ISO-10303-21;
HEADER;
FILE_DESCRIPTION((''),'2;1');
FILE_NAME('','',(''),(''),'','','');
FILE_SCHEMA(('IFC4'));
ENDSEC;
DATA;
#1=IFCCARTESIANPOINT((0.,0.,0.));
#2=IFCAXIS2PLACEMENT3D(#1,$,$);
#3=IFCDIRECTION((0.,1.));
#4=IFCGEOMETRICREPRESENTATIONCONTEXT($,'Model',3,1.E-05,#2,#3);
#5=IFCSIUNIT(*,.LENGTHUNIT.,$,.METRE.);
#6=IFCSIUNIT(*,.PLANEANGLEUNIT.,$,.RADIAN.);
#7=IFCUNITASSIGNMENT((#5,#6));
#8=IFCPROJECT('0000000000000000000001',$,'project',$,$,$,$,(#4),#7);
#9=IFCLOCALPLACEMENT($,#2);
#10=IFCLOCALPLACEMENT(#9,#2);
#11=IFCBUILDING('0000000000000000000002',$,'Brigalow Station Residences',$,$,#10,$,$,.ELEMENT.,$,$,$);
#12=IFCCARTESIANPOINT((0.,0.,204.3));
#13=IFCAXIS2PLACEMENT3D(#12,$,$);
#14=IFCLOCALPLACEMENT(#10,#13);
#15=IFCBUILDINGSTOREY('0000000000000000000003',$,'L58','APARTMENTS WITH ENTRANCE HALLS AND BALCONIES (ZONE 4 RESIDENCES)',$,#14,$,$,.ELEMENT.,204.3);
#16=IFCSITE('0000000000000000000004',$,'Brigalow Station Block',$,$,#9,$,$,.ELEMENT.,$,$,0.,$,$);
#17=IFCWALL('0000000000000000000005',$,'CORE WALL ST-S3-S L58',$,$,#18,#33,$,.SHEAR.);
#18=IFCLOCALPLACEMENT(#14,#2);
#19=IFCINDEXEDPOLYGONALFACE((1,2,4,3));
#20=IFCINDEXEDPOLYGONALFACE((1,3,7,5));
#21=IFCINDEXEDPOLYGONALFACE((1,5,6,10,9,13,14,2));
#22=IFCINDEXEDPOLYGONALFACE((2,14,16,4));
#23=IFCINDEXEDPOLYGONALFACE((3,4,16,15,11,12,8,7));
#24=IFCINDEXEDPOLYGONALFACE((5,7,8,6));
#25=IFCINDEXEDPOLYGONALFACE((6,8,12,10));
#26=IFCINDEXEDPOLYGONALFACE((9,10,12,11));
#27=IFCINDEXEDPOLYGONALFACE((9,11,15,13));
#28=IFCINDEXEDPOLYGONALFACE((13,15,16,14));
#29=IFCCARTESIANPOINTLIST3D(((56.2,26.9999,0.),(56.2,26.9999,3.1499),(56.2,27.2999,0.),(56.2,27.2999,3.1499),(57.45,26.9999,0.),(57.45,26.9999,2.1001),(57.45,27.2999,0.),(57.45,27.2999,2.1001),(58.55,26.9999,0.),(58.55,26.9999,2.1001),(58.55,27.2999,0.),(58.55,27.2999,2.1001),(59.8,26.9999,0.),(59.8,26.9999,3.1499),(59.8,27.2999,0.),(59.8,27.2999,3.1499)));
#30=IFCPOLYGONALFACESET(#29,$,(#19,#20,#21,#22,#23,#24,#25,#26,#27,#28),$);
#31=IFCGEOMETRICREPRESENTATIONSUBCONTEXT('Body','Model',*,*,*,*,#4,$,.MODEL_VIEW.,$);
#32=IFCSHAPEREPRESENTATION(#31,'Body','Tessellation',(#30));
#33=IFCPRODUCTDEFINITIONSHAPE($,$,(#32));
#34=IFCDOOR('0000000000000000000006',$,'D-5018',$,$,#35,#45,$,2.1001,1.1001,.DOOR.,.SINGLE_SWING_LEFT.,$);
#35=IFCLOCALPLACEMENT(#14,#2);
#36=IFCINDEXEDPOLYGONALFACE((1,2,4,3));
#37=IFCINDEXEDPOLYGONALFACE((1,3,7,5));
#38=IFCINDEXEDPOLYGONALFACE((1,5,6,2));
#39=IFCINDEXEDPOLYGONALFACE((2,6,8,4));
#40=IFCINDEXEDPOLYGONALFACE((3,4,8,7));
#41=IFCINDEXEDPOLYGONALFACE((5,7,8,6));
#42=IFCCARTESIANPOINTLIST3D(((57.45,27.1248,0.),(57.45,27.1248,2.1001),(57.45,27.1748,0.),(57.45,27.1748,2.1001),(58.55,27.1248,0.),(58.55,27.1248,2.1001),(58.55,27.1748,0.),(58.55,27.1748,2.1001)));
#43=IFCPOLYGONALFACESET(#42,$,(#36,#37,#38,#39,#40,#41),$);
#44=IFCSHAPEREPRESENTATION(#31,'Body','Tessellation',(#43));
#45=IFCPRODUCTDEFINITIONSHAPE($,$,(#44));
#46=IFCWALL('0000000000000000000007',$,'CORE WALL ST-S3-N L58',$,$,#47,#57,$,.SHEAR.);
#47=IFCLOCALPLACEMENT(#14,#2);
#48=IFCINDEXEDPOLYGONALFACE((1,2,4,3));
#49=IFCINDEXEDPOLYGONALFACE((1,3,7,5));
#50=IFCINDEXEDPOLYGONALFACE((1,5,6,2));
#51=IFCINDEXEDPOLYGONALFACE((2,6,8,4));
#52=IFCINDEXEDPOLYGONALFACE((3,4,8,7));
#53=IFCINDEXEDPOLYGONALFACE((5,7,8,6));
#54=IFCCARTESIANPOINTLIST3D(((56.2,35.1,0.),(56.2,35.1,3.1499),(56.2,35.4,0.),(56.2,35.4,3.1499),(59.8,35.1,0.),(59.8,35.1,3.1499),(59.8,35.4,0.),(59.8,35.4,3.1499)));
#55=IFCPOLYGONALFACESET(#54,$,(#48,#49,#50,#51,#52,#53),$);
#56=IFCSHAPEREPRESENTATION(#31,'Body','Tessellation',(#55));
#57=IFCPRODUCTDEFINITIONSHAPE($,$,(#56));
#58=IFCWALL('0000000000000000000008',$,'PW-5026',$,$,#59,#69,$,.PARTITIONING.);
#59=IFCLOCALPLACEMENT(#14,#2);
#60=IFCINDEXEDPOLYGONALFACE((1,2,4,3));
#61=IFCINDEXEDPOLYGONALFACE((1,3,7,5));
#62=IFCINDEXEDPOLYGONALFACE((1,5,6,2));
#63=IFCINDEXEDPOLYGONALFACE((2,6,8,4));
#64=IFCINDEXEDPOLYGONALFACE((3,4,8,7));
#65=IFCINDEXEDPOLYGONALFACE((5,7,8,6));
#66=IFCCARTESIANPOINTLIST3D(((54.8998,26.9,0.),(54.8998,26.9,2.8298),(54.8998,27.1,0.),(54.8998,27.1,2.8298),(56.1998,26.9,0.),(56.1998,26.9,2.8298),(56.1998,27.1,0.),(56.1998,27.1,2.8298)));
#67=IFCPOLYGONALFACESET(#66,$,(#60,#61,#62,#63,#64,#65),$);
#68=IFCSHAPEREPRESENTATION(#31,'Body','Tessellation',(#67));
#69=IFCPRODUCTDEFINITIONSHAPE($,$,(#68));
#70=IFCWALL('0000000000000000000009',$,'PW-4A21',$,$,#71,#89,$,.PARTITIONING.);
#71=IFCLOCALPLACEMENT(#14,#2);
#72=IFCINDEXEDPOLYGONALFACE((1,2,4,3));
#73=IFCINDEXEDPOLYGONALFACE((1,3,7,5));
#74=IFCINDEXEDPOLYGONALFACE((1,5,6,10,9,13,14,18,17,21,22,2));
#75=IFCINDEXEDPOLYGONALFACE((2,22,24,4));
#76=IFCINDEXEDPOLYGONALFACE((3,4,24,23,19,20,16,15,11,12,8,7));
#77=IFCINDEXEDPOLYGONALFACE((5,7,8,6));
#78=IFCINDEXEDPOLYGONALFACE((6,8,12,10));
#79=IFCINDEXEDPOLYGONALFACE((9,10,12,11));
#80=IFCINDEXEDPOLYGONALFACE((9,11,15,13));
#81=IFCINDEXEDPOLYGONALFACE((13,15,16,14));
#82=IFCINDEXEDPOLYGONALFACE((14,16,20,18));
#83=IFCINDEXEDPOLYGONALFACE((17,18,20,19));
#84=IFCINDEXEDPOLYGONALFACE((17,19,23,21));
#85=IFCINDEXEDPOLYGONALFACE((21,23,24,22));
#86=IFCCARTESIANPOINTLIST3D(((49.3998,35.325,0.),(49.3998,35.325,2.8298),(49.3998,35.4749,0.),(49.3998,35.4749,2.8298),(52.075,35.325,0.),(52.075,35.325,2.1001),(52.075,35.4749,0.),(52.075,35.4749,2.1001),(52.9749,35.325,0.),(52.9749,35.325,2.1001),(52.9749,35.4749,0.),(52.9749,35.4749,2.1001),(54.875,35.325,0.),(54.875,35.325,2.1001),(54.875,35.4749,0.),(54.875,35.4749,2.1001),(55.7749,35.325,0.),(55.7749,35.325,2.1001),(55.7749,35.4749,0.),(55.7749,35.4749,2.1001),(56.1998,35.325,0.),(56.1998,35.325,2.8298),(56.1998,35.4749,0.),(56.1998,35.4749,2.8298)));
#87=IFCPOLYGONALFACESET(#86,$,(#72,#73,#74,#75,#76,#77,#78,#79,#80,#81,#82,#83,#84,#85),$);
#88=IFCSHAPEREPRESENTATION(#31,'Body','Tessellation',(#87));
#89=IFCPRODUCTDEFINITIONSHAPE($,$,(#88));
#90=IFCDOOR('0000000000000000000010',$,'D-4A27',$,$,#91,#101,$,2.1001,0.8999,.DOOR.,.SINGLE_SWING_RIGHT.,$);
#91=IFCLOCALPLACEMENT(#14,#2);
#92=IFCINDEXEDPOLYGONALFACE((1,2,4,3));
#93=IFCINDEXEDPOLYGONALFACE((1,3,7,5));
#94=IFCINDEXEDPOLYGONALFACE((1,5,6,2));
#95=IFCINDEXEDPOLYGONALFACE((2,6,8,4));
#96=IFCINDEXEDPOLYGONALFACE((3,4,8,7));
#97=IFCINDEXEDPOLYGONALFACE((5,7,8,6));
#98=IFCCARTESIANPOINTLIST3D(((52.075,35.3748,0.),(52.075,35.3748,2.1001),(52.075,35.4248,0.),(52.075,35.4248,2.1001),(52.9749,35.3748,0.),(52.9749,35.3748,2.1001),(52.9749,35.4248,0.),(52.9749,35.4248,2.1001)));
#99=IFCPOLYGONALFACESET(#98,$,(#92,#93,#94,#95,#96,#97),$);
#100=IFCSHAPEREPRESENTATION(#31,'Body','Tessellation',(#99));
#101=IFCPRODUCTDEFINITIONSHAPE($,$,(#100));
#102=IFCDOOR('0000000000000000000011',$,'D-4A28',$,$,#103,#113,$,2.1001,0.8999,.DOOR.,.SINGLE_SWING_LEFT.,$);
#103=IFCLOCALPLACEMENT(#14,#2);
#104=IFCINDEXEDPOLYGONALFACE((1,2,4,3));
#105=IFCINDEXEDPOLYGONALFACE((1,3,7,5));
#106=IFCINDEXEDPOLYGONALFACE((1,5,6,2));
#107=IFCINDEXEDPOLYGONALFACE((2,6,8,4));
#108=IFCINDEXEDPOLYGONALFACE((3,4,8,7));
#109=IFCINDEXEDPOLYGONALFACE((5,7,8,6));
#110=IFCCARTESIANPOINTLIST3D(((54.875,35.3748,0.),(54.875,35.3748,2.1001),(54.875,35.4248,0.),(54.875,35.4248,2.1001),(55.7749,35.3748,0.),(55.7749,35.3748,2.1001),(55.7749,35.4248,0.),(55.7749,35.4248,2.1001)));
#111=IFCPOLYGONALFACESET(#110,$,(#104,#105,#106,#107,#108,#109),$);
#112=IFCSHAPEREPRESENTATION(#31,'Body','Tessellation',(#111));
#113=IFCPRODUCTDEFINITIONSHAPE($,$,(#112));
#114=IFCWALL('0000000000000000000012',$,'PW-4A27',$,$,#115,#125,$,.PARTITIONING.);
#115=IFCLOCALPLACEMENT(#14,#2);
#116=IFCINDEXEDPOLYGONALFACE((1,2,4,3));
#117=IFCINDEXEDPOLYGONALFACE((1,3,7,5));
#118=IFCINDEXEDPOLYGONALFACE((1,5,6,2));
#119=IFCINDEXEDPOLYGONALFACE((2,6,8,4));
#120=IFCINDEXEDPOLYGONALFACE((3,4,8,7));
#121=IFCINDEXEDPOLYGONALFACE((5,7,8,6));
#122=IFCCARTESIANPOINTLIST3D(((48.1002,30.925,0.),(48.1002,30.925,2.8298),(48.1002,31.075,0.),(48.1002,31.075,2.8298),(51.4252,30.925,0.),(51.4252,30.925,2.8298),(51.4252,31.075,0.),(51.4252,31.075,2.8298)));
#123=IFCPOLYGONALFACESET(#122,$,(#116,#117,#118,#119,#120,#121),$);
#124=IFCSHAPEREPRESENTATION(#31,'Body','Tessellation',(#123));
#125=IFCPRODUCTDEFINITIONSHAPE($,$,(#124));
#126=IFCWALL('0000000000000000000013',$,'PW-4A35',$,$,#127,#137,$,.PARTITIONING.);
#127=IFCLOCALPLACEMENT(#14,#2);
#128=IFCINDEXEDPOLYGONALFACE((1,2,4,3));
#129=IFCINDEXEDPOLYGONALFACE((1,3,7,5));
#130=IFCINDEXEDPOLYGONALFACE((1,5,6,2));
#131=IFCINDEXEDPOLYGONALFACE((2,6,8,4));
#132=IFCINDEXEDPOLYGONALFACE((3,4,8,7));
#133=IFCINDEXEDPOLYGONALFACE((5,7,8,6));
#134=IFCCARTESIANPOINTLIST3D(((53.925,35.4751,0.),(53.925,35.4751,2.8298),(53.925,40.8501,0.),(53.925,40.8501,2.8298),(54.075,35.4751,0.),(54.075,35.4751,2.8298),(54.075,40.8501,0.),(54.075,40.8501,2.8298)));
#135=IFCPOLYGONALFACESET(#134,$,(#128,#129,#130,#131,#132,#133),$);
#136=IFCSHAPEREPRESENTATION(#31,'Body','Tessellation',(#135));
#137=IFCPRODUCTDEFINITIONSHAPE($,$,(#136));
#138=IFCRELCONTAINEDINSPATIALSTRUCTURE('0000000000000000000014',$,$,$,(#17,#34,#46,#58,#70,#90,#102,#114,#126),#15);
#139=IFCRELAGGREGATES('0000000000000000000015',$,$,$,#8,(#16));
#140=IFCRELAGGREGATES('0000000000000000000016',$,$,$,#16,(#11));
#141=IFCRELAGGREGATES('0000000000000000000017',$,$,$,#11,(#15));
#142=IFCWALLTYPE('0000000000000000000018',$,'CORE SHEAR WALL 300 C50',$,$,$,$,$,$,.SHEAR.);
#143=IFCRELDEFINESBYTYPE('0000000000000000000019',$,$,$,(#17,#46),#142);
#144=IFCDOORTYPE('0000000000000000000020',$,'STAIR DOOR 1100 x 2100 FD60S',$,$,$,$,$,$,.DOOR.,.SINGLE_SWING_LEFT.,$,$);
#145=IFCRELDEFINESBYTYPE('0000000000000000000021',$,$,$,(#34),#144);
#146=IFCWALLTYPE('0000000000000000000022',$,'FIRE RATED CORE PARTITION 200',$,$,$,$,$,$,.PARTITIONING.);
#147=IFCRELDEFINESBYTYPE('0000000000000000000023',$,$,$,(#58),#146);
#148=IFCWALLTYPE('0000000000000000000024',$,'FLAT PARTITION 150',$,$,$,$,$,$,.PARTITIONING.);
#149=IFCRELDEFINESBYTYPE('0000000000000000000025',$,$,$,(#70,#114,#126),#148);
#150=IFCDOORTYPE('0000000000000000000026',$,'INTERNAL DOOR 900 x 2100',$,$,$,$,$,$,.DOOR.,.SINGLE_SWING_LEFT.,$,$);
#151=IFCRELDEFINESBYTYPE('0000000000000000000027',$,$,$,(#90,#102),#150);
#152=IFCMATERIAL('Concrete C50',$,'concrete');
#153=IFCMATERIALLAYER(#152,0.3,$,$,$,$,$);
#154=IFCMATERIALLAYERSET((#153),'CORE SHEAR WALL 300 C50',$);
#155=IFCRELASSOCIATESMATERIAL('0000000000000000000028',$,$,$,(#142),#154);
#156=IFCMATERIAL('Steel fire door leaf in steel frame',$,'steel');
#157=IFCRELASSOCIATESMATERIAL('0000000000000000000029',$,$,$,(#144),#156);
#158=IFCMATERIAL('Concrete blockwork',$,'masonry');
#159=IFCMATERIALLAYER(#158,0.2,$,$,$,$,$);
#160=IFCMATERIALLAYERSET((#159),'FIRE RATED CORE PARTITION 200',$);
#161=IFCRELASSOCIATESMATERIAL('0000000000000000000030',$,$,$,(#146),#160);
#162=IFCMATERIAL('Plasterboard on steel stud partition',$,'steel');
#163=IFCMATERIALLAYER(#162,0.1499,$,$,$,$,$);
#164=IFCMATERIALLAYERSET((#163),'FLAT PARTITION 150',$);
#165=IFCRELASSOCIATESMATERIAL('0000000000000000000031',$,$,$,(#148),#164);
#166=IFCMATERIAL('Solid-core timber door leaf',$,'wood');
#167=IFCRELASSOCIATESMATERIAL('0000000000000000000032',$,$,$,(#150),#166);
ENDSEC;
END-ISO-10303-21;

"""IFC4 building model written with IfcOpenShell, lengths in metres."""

from ifc_helpers import new_model, si_unit, direction, frame, frame_2d, origin, place, context, subcontext, project, spatial, rectangle, extrude, material, layer, layer_set, type_object, element, fill, save


model = new_model("IFC4")

# Units and contexts
model_context = context("Model", 3, precision=1e-05, world=origin(), true_north=direction((0.0, 1.0)))
body_context = subcontext(model_context, "Body", "Model", "MODEL_VIEW")
ifc_project = project(units=[si_unit("LENGTHUNIT", "METRE"), si_unit("PLANEANGLEUNIT", "RADIAN")], contexts=[model_context])

# Site, building, storey
site_placement = place(None, origin())
site = spatial("IfcSite", under=ifc_project, at=site_placement, Name="Brigalow Station Block", CompositionType="ELEMENT", RefElevation=0.0)
building_placement = place(site_placement, origin())
building = spatial("IfcBuilding", under=site, at=building_placement, Name="Brigalow Station Residences", CompositionType="ELEMENT")
storey_placement = place(building_placement, frame((0.0, 0.0, 204.3)))
storey = spatial("IfcBuildingStorey", under=building, at=storey_placement, Name="L58", Description="APARTMENTS WITH ENTRANCE HALLS AND BALCONIES (ZONE 4 RESIDENCES)", CompositionType="ELEMENT", Elevation=204.3)

# Wall, opening, door
ifc_material_1 = material(Name="Concrete C50", Category="concrete")
ifc_layer_1 = layer(ifc_material_1, 0.3)
ifc_layer_set_1 = layer_set([ifc_layer_1], Name="CORE SHEAR WALL 300 C50")
wall_type_1 = type_object("IfcWallType", Name="CORE SHEAR WALL 300 C50", PredefinedType="SHEAR", material=ifc_layer_set_1)
wall_1_placement = place(storey_placement, frame((56.2, 27.1499, 0.0), z_axis=(0.0, 0.0, 1.0), x_axis=(1.0, 0.0, 0.0)))
wall_1 = element("IfcWall", 1, at=wall_1_placement, inside=storey, type_object=wall_type_1, Name="CORE WALL ST-S3-S L58", PredefinedType="SHEAR", context=body_context, shape_type="SweptSolid", body=[
    extrude(rectangle(XDim=3.6001, YDim=0.3, at=frame_2d((1.8, 0.0))), origin(), (0.0, 0.0, 1.0), 3.1499),
])
opening_1_placement = place(wall_1_placement, frame((1.25, 0.0, 0.0)))
opening_1 = element("IfcOpeningElement", 2, at=opening_1_placement, cuts=wall_1, PredefinedType="OPENING", context=body_context, shape_type="SweptSolid", body=[
    extrude(rectangle(XDim=1.1001, YDim=2.1001, at=frame_2d((0.55, 1.05))), frame((0.0, 0.1602, 0.0), z_axis=(0.0, -1.0, 0.0), x_axis=(1.0, 0.0, 0.0)), (0.0, 0.0, 1.0), 0.3201),
])
ifc_material_2 = material(Name="Steel fire door leaf in steel frame", Category="steel")
door_type_1 = type_object("IfcDoorType", Name="STAIR DOOR 1100 x 2100 FD60S", OperationType="SINGLE_SWING_LEFT", PredefinedType="DOOR", material=ifc_material_2)
door_1_placement = place(opening_1_placement, origin())
door_1 = element("IfcDoor", 3, at=door_1_placement, inside=storey, type_object=door_type_1, Name="D-5018", OperationType="SINGLE_SWING_LEFT", OverallHeight=2.1001, OverallWidth=1.1001, PredefinedType="DOOR", context=body_context, shape_type="SweptSolid", body=[
    extrude(rectangle(XDim=1.1001, YDim=2.1001, at=frame_2d((0.55, 1.05))), frame((0.0, 0.0249, 0.0), z_axis=(0.0, -1.0, 0.0), x_axis=(1.0, 0.0, 0.0)), (0.0, 0.0, 1.0), 0.05),
])
fill(opening_1, door_1)

# Walls
wall_2_placement = place(storey_placement, frame((56.2, 35.25, 0.0), z_axis=(0.0, 0.0, 1.0), x_axis=(1.0, 0.0, 0.0)))
element("IfcWall", 4, at=wall_2_placement, inside=storey, type_object=wall_type_1, Name="CORE WALL ST-S3-N L58", PredefinedType="SHEAR", context=body_context, shape_type="SweptSolid", body=[
    extrude(rectangle(XDim=3.6001, YDim=0.3, at=frame_2d((1.8, 0.0))), origin(), (0.0, 0.0, 1.0), 3.1499),
])
ifc_material_3 = material(Name="Concrete blockwork", Category="masonry")
ifc_layer_2 = layer(ifc_material_3, 0.2)
ifc_layer_set_2 = layer_set([ifc_layer_2], Name="FIRE RATED CORE PARTITION 200")
wall_type_2 = type_object("IfcWallType", Name="FIRE RATED CORE PARTITION 200", PredefinedType="PARTITIONING", material=ifc_layer_set_2)
wall_3_placement = place(storey_placement, frame((54.8999, 27.0, 0.0), z_axis=(0.0, 0.0, 1.0), x_axis=(1.0, 0.0, 0.0)))
element("IfcWall", 5, at=wall_3_placement, inside=storey, type_object=wall_type_2, Name="PW-5026", PredefinedType="PARTITIONING", context=body_context, shape_type="SweptSolid", body=[
    extrude(rectangle(XDim=1.3, YDim=0.2, at=frame_2d((0.6499, 0.0))), origin(), (0.0, 0.0, 1.0), 2.8298),
])

# Wall, openings, doors
ifc_material_4 = material(Name="Plasterboard on steel stud partition", Category="steel")
ifc_layer_3 = layer(ifc_material_4, 0.1499)
ifc_layer_set_3 = layer_set([ifc_layer_3], Name="FLAT PARTITION 150")
wall_type_3 = type_object("IfcWallType", Name="FLAT PARTITION 150", PredefinedType="PARTITIONING", material=ifc_layer_set_3)
wall_4_placement = place(storey_placement, frame((49.3999, 35.3999, 0.0), z_axis=(0.0, 0.0, 1.0), x_axis=(1.0, 0.0, 0.0)))
wall_4 = element("IfcWall", 6, at=wall_4_placement, inside=storey, type_object=wall_type_3, Name="PW-4A21", PredefinedType="PARTITIONING", context=body_context, shape_type="SweptSolid", body=[
    extrude(rectangle(XDim=6.8, YDim=0.1499, at=frame_2d((3.3999, 0.0))), origin(), (0.0, 0.0, 1.0), 2.8298),
])
opening_2_placement = place(wall_4_placement, frame((2.675, 0.0, 0.0)))
opening_2 = element("IfcOpeningElement", 7, at=opening_2_placement, cuts=wall_4, PredefinedType="OPENING", context=body_context, shape_type="SweptSolid", body=[
    extrude(rectangle(XDim=0.8999, YDim=2.1001, at=frame_2d((0.45, 1.05))), frame((0.0, 0.085, 0.0), z_axis=(0.0, -1.0, 0.0), x_axis=(1.0, 0.0, 0.0)), (0.0, 0.0, 1.0), 0.1699),
])
opening_3_placement = place(wall_4_placement, frame((5.4751, 0.0, 0.0)))
opening_3 = element("IfcOpeningElement", 8, at=opening_3_placement, cuts=wall_4, PredefinedType="OPENING", context=body_context, shape_type="SweptSolid", body=[
    extrude(rectangle(XDim=0.8999, YDim=2.1001, at=frame_2d((0.45, 1.05))), frame((0.0, 0.085, 0.0), z_axis=(0.0, -1.0, 0.0), x_axis=(1.0, 0.0, 0.0)), (0.0, 0.0, 1.0), 0.1699),
])
ifc_material_5 = material(Name="Solid-core timber door leaf", Category="wood")
door_type_2 = type_object("IfcDoorType", Name="INTERNAL DOOR 900 x 2100", OperationType="SINGLE_SWING_LEFT", PredefinedType="DOOR", material=ifc_material_5)
door_2_placement = place(opening_2_placement, origin())
door_2 = element("IfcDoor", 9, at=door_2_placement, inside=storey, type_object=door_type_2, Name="D-4A27", OperationType="SINGLE_SWING_RIGHT", OverallHeight=2.1001, OverallWidth=0.8999, PredefinedType="DOOR", context=body_context, shape_type="SweptSolid", body=[
    extrude(rectangle(XDim=0.8999, YDim=2.1001, at=frame_2d((0.45, 1.05))), frame((0.0, 0.0249, 0.0), z_axis=(0.0, -1.0, 0.0), x_axis=(1.0, 0.0, 0.0)), (0.0, 0.0, 1.0), 0.05),
])
fill(opening_2, door_2)
door_3_placement = place(opening_3_placement, origin())
door_3 = element("IfcDoor", 10, at=door_3_placement, inside=storey, type_object=door_type_2, Name="D-4A28", OperationType="SINGLE_SWING_LEFT", OverallHeight=2.1001, OverallWidth=0.8999, PredefinedType="DOOR", context=body_context, shape_type="SweptSolid", body=[
    extrude(rectangle(XDim=0.8999, YDim=2.1001, at=frame_2d((0.45, 1.05))), frame((0.0, 0.0249, 0.0), z_axis=(0.0, -1.0, 0.0), x_axis=(1.0, 0.0, 0.0)), (0.0, 0.0, 1.0), 0.05),
])
fill(opening_3, door_3)

# Walls
wall_5_placement = place(storey_placement, frame((48.1001, 31.0, 0.0), z_axis=(0.0, 0.0, 1.0), x_axis=(1.0, 0.0, 0.0)))
element("IfcWall", 11, at=wall_5_placement, inside=storey, type_object=wall_type_3, Name="PW-4A27", PredefinedType="PARTITIONING", context=body_context, shape_type="SweptSolid", body=[
    extrude(rectangle(XDim=3.325, YDim=0.1499, at=frame_2d((1.6626, 0.0))), origin(), (0.0, 0.0, 1.0), 2.8298),
])
wall_6_placement = place(storey_placement, frame((54.0, 35.4751, 0.0), z_axis=(0.0, 0.0, 1.0), x_axis=(0.0, 1.0, 0.0)))
element("IfcWall", 12, at=wall_6_placement, inside=storey, type_object=wall_type_3, Name="PW-4A35", PredefinedType="PARTITIONING", context=body_context, shape_type="SweptSolid", body=[
    extrude(rectangle(XDim=5.375, YDim=0.1499, at=frame_2d((2.6875, 0.0))), origin(), (0.0, 0.0, 1.0), 2.8298),
])

save(model, "model.ifc")
